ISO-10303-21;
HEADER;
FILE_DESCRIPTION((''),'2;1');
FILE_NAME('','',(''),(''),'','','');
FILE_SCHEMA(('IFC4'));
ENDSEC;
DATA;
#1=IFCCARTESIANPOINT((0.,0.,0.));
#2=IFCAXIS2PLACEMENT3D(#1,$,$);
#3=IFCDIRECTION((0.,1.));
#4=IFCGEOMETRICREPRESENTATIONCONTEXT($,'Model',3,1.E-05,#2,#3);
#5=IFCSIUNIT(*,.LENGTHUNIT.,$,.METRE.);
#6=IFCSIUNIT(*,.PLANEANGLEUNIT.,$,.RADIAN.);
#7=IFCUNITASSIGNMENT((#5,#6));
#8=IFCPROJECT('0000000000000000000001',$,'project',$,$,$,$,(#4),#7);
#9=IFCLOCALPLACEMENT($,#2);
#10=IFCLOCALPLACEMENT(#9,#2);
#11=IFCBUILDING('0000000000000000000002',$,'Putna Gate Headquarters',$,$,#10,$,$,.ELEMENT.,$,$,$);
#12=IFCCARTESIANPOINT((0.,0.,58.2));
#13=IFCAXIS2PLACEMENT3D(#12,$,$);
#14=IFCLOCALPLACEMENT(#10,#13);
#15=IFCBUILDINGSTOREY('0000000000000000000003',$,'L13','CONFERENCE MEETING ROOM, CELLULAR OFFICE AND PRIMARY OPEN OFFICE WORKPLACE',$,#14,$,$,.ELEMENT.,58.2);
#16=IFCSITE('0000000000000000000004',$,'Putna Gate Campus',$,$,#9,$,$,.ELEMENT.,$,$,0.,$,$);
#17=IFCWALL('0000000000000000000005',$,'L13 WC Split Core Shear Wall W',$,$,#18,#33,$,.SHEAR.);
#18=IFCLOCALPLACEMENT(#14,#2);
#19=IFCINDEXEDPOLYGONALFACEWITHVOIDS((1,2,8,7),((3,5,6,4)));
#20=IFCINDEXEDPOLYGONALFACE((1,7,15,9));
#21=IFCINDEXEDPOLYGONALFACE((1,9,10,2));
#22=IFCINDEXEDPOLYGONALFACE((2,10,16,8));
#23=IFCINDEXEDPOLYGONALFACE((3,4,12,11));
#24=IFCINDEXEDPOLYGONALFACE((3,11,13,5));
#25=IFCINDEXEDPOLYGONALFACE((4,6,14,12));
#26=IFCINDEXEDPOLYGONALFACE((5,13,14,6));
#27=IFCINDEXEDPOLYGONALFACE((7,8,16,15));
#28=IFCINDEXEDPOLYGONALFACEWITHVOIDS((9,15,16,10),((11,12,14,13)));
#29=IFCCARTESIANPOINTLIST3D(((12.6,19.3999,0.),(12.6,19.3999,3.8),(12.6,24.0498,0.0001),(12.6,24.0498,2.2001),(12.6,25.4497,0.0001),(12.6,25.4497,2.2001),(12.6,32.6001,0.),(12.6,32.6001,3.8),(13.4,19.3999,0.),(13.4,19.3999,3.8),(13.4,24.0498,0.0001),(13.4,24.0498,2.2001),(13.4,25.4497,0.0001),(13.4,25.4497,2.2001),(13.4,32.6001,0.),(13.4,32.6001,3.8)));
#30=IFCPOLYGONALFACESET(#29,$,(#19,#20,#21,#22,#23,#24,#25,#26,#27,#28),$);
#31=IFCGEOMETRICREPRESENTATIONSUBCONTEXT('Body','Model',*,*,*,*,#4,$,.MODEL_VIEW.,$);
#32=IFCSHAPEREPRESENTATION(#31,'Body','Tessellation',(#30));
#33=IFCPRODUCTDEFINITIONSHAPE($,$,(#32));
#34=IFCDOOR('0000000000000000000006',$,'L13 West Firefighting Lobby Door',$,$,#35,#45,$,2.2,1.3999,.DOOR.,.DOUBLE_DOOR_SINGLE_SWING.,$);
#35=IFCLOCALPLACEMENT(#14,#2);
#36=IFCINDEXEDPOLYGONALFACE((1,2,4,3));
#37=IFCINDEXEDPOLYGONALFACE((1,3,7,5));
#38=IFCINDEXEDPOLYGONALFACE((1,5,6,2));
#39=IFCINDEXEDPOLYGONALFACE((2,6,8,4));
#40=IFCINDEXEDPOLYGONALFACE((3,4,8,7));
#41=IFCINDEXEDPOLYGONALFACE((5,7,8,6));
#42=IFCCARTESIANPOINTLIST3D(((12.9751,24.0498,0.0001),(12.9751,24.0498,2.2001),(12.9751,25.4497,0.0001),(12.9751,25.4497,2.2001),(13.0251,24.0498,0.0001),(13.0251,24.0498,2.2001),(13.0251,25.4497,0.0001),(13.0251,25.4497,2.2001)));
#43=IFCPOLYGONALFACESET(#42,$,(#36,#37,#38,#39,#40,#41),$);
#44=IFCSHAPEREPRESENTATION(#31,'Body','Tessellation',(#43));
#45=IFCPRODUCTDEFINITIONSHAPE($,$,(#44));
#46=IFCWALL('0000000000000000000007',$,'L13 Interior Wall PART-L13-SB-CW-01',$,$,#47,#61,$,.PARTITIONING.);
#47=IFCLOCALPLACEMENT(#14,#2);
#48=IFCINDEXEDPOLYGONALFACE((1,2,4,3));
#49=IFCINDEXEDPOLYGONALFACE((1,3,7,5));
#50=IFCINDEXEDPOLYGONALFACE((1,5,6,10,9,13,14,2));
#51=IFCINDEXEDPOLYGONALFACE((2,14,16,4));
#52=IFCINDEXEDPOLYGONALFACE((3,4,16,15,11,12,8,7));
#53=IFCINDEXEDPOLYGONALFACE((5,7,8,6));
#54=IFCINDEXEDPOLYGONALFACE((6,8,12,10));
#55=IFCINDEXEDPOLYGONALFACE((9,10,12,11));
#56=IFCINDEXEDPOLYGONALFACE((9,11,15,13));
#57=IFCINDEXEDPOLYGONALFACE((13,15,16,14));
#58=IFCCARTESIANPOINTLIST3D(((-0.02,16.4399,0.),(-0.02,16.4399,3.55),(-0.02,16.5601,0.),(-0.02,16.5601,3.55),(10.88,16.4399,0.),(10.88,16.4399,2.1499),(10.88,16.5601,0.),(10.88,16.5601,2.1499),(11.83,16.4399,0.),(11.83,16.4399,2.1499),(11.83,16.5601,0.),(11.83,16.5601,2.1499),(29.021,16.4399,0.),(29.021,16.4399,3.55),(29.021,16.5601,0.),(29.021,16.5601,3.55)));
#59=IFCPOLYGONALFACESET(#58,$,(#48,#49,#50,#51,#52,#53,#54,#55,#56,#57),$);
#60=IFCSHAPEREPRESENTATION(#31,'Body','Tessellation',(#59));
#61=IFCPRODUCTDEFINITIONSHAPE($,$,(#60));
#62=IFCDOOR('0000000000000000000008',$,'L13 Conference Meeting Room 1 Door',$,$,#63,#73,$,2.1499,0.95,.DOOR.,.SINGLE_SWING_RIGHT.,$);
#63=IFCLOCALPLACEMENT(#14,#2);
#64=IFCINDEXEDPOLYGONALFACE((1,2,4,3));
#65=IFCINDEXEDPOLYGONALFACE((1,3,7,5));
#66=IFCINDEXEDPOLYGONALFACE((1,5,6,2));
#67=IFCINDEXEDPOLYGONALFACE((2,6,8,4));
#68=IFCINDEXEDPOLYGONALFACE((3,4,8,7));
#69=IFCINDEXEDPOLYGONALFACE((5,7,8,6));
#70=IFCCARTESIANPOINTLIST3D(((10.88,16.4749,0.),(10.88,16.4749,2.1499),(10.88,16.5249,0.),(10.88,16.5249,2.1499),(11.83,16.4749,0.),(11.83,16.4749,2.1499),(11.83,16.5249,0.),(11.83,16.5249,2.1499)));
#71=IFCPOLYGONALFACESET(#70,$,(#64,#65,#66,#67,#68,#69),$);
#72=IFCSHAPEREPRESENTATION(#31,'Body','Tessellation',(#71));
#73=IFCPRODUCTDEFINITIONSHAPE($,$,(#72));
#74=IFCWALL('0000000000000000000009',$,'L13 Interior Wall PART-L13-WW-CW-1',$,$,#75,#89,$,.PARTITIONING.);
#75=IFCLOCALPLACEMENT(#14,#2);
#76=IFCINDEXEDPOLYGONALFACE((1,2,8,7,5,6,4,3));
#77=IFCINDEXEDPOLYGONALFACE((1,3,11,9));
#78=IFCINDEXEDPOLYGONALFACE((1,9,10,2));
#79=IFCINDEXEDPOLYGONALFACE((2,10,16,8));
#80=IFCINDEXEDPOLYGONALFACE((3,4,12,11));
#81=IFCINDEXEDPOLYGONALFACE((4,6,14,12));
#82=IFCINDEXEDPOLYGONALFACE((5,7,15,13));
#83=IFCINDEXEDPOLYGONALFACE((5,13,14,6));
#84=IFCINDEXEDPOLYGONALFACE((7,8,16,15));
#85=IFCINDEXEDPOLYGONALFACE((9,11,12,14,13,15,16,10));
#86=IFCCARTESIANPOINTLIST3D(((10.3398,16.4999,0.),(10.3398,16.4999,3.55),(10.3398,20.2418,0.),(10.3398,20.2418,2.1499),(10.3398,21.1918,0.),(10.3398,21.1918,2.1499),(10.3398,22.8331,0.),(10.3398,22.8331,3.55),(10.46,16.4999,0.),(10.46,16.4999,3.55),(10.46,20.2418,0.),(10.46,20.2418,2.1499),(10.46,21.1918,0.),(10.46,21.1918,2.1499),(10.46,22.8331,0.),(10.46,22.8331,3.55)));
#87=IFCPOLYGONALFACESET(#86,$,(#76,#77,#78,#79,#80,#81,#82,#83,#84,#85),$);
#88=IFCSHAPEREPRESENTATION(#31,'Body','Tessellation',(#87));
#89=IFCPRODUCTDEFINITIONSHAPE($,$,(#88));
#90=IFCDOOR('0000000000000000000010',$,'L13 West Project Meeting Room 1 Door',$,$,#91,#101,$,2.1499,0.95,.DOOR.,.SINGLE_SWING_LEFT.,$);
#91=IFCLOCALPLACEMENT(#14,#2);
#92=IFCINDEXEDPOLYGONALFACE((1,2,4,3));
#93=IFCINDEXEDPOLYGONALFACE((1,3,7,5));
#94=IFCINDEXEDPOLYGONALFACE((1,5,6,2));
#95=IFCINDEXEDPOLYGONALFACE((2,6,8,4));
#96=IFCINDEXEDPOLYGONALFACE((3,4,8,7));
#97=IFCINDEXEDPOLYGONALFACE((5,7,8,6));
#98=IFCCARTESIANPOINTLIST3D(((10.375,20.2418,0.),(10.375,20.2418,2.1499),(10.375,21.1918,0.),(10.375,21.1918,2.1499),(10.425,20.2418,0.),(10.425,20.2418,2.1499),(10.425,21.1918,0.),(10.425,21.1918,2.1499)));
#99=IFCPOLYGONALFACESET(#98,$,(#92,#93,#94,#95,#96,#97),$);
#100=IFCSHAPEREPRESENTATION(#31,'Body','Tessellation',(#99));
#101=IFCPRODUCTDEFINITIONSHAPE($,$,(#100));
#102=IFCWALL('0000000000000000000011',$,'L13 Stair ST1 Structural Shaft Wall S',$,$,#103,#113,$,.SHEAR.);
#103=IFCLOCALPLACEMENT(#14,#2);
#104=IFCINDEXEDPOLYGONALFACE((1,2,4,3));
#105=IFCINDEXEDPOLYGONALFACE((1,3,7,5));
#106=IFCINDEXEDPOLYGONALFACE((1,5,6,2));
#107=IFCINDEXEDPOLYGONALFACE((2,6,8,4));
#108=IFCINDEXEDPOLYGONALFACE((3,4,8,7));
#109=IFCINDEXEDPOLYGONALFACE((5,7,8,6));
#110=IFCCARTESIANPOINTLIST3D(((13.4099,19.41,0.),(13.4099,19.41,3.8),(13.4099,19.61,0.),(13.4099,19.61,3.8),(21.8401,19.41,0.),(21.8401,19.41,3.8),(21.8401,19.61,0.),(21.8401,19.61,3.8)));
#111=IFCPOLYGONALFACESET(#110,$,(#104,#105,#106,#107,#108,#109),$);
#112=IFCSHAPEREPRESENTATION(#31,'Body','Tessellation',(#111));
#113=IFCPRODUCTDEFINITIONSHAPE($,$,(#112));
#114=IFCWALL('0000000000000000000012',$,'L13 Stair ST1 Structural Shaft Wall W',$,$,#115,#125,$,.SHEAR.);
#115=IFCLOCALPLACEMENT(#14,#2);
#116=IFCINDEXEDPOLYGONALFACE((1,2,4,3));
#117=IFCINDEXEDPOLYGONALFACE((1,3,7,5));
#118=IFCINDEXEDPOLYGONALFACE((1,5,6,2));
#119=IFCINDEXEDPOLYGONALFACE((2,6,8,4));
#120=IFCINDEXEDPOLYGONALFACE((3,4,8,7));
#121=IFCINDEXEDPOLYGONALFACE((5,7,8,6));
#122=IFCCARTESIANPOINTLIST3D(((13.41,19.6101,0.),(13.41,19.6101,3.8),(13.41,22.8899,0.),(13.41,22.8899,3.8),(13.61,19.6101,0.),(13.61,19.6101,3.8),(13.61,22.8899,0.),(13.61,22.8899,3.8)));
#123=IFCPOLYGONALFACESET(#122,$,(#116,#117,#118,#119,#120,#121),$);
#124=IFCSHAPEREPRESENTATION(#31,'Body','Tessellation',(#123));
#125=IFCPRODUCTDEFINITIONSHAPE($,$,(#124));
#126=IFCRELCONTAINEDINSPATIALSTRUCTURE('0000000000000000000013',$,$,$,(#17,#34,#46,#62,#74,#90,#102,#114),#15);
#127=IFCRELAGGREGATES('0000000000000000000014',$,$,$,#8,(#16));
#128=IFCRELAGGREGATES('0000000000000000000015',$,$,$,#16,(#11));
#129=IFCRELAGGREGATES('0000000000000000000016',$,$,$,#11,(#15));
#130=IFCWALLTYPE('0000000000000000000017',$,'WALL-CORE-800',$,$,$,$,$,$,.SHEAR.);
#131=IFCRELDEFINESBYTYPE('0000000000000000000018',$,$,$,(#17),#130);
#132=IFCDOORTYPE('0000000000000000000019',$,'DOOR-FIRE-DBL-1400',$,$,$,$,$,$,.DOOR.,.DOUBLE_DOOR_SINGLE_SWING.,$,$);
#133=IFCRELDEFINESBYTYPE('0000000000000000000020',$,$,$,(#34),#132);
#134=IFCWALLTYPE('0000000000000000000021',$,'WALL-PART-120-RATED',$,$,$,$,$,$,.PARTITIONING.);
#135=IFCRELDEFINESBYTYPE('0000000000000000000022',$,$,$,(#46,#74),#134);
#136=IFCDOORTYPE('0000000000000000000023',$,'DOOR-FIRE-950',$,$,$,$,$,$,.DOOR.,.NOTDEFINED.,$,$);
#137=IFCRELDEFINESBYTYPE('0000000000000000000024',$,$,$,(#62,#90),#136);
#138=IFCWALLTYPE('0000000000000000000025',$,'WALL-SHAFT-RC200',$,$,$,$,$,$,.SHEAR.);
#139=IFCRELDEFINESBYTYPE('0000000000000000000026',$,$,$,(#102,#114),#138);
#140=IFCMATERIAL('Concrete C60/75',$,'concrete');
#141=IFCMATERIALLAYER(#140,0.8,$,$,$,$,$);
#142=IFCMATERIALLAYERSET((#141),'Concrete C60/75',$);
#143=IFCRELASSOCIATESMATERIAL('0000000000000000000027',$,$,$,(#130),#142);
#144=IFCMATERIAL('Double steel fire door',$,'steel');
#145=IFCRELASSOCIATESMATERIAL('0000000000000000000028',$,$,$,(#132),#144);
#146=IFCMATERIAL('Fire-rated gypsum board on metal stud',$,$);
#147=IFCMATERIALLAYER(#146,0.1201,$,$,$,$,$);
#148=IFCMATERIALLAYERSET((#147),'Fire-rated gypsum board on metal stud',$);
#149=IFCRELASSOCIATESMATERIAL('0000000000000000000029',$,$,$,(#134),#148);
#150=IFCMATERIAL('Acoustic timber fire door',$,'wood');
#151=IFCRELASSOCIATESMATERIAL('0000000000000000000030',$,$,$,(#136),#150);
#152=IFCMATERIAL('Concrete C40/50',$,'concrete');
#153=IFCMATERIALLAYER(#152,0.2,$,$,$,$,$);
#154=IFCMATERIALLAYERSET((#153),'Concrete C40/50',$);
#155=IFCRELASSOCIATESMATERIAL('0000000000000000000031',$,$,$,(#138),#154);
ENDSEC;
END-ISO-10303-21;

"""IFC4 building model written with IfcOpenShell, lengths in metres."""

from ifc_helpers import new_model, si_unit, direction, frame, frame_2d, origin, place, context, subcontext, project, spatial, rectangle, extrude, material, layer, layer_set, type_object, element, fill, save


model = new_model("IFC4")

# Units and contexts
model_context = context("Model", 3, precision=1e-05, world=origin(), true_north=direction((0.0, 1.0)))
body_context = subcontext(model_context, "Body", "Model", "MODEL_VIEW")
ifc_project = project(units=[si_unit("LENGTHUNIT", "METRE"), si_unit("PLANEANGLEUNIT", "RADIAN")], contexts=[model_context])

# Site, building, storey
site_placement = place(None, origin())
site = spatial("IfcSite", under=ifc_project, at=site_placement, Name="Putna Gate Campus", CompositionType="ELEMENT", RefElevation=0.0)
building_placement = place(site_placement, origin())
building = spatial("IfcBuilding", under=site, at=building_placement, Name="Putna Gate Headquarters", CompositionType="ELEMENT")
storey_placement = place(building_placement, frame((0.0, 0.0, 58.2)))
storey = spatial("IfcBuildingStorey", under=building, at=storey_placement, Name="L13", Description="CONFERENCE MEETING ROOM, CELLULAR OFFICE AND PRIMARY OPEN OFFICE WORKPLACE", CompositionType="ELEMENT", Elevation=58.2)

# Shared definitions
ifc_material_1 = material(Name="Concrete C60/75", Category="concrete")

# Walls, openings, doors
ifc_layer_1 = layer(ifc_material_1, 0.8)
ifc_layer_set_1 = layer_set([ifc_layer_1], Name="Concrete C60/75")
wall_type_1 = type_object("IfcWallType", Name="WALL-CORE-800", PredefinedType="SHEAR", material=ifc_layer_set_1)
ifc_material_2 = material(Name="Double steel fire door", Category="steel")
door_type_1 = type_object("IfcDoorType", Name="DOOR-FIRE-DBL-1400", OperationType="DOUBLE_DOOR_SINGLE_SWING", PredefinedType="DOOR", material=ifc_material_2)
wall_1_placement = place(storey_placement, frame((13.0, 19.3999, 0.0), z_axis=(0.0, 0.0, 1.0), x_axis=(0.0, 1.0, 0.0)))
wall_1 = element("IfcWall", 1, at=wall_1_placement, inside=storey, type_object=wall_type_1, Name="L13 WC Split Core Shear Wall W", PredefinedType="SHEAR", context=body_context, shape_type="SweptSolid", body=[
    extrude(rectangle(XDim=13.2002, YDim=0.8, at=frame_2d((6.6001, 0.0))), origin(), (0.0, 0.0, 1.0), 3.8),
])
opening_1_placement = place(wall_1_placement, frame((4.6499, 0.0, 0.0)))
opening_1 = element("IfcOpeningElement", 2, at=opening_1_placement, cuts=wall_1, PredefinedType="OPENING", context=body_context, shape_type="SweptSolid", body=[
    extrude(rectangle(XDim=1.3999, YDim=2.2, at=frame_2d((0.7, 1.1001))), frame((0.0, 0.4099, 0.0), z_axis=(0.0, -1.0, 0.0), x_axis=(1.0, 0.0, 0.0)), (0.0, 0.0, 1.0), 0.8201),
])
door_1_placement = place(opening_1_placement, origin())
door_1 = element("IfcDoor", 3, at=door_1_placement, inside=storey, type_object=door_type_1, Name="L13 West Firefighting Lobby Door", OperationType="DOUBLE_DOOR_SINGLE_SWING", OverallHeight=2.2, OverallWidth=1.3999, PredefinedType="DOOR", context=body_context, shape_type="SweptSolid", body=[
    extrude(rectangle(XDim=1.3999, YDim=2.2, at=frame_2d((0.7, 1.1001))), frame((0.0, 0.0249, 0.0), z_axis=(0.0, -1.0, 0.0), x_axis=(1.0, 0.0, 0.0)), (0.0, 0.0, 1.0), 0.05),
])
fill(opening_1, door_1)
ifc_material_3 = material(Name="Fire-rated gypsum board on metal stud")
ifc_layer_2 = layer(ifc_material_3, 0.1201)
ifc_layer_set_2 = layer_set([ifc_layer_2], Name="Fire-rated gypsum board on metal stud")
wall_type_2 = type_object("IfcWallType", Name="WALL-PART-120-RATED", PredefinedType="PARTITIONING", material=ifc_layer_set_2)
wall_2_placement = place(storey_placement, frame((-0.02, 16.5, 0.0), z_axis=(0.0, 0.0, 1.0), x_axis=(1.0, 0.0, 0.0)))
wall_2 = element("IfcWall", 4, at=wall_2_placement, inside=storey, type_object=wall_type_2, Name="L13 Interior Wall PART-L13-SB-CW-01", PredefinedType="PARTITIONING", context=body_context, shape_type="SweptSolid", body=[
    extrude(rectangle(XDim=29.041, YDim=0.1201, at=frame_2d((14.5205, 0.0))), origin(), (0.0, 0.0, 1.0), 3.55),
])
opening_2_placement = place(wall_2_placement, frame((10.8999, 0.0, 0.0)))
opening_2 = element("IfcOpeningElement", 5, at=opening_2_placement, cuts=wall_2, PredefinedType="OPENING", context=body_context, shape_type="SweptSolid", body=[
    extrude(rectangle(XDim=0.95, YDim=2.1499, at=frame_2d((0.4751, 1.075))), frame((0.0, 0.0701, 0.0), z_axis=(0.0, -1.0, 0.0), x_axis=(1.0, 0.0, 0.0)), (0.0, 0.0, 1.0), 0.1401),
])
ifc_material_4 = material(Name="Acoustic timber fire door", Category="wood")
door_type_2 = type_object("IfcDoorType", Name="DOOR-FIRE-950", OperationType="NOTDEFINED", PredefinedType="DOOR", material=ifc_material_4)
door_2_placement = place(opening_2_placement, origin())
door_2 = element("IfcDoor", 6, at=door_2_placement, inside=storey, type_object=door_type_2, Name="L13 Conference Meeting Room 1 Door", OperationType="SINGLE_SWING_RIGHT", OverallHeight=2.1499, OverallWidth=0.95, PredefinedType="DOOR", context=body_context, shape_type="SweptSolid", body=[
    extrude(rectangle(XDim=0.95, YDim=2.1499, at=frame_2d((0.4751, 1.075))), frame((0.0, 0.0249, 0.0), z_axis=(0.0, -1.0, 0.0), x_axis=(1.0, 0.0, 0.0)), (0.0, 0.0, 1.0), 0.05),
])
fill(opening_2, door_2)
wall_3_placement = place(storey_placement, frame((10.3999, 16.5, 0.0), z_axis=(0.0, 0.0, 1.0), x_axis=(0.0, 1.0, 0.0)))
wall_3 = element("IfcWall", 7, at=wall_3_placement, inside=storey, type_object=wall_type_2, Name="L13 Interior Wall PART-L13-WW-CW-1", PredefinedType="PARTITIONING", context=body_context, shape_type="SweptSolid", body=[
    extrude(rectangle(XDim=6.3333, YDim=0.1201, at=frame_2d((3.1665, 0.0))), origin(), (0.0, 0.0, 1.0), 3.55),
])
opening_3_placement = place(wall_3_placement, frame((3.7417, 0.0, 0.0)))
opening_3 = element("IfcOpeningElement", 8, at=opening_3_placement, cuts=wall_3, PredefinedType="OPENING", context=body_context, shape_type="SweptSolid", body=[
    extrude(rectangle(XDim=0.95, YDim=2.1499, at=frame_2d((0.4751, 1.075))), frame((0.0, 0.0701, 0.0), z_axis=(0.0, -1.0, 0.0), x_axis=(1.0, 0.0, 0.0)), (0.0, 0.0, 1.0), 0.1401),
])
door_3_placement = place(opening_3_placement, origin())
door_3 = element("IfcDoor", 9, at=door_3_placement, inside=storey, type_object=door_type_2, Name="L13 West Project Meeting Room 1 Door", OperationType="SINGLE_SWING_LEFT", OverallHeight=2.1499, OverallWidth=0.95, PredefinedType="DOOR", context=body_context, shape_type="SweptSolid", body=[
    extrude(rectangle(XDim=0.95, YDim=2.1499, at=frame_2d((0.4751, 1.075))), frame((0.0, 0.0249, 0.0), z_axis=(0.0, -1.0, 0.0), x_axis=(1.0, 0.0, 0.0)), (0.0, 0.0, 1.0), 0.05),
])
fill(opening_3, door_3)

# Walls
ifc_material_5 = material(Name="Concrete C40/50", Category="concrete")
ifc_layer_3 = layer(ifc_material_5, 0.2)
ifc_layer_set_3 = layer_set([ifc_layer_3], Name="Concrete C40/50")
wall_type_3 = type_object("IfcWallType", Name="WALL-SHAFT-RC200", PredefinedType="SHEAR", material=ifc_layer_set_3)
wall_4_placement = place(storey_placement, frame((13.4099, 19.51, 0.0), z_axis=(0.0, 0.0, 1.0), x_axis=(1.0, 0.0, 0.0)))
element("IfcWall", 10, at=wall_4_placement, inside=storey, type_object=wall_type_3, Name="L13 Stair ST1 Structural Shaft Wall S", PredefinedType="SHEAR", context=body_context, shape_type="SweptSolid", body=[
    extrude(rectangle(XDim=8.4302, YDim=0.2, at=frame_2d((4.2151, 0.0))), origin(), (0.0, 0.0, 1.0), 3.8),
])
wall_5_placement = place(storey_placement, frame((13.51, 19.6101, 0.0), z_axis=(0.0, 0.0, 1.0), x_axis=(0.0, 1.0, 0.0)))
element("IfcWall", 11, at=wall_5_placement, inside=storey, type_object=wall_type_3, Name="L13 Stair ST1 Structural Shaft Wall W", PredefinedType="SHEAR", context=body_context, shape_type="SweptSolid", body=[
    extrude(rectangle(XDim=3.2798, YDim=0.2, at=frame_2d((1.6399, 0.0))), origin(), (0.0, 0.0, 1.0), 3.8),
])

save(model, "model.ifc")
